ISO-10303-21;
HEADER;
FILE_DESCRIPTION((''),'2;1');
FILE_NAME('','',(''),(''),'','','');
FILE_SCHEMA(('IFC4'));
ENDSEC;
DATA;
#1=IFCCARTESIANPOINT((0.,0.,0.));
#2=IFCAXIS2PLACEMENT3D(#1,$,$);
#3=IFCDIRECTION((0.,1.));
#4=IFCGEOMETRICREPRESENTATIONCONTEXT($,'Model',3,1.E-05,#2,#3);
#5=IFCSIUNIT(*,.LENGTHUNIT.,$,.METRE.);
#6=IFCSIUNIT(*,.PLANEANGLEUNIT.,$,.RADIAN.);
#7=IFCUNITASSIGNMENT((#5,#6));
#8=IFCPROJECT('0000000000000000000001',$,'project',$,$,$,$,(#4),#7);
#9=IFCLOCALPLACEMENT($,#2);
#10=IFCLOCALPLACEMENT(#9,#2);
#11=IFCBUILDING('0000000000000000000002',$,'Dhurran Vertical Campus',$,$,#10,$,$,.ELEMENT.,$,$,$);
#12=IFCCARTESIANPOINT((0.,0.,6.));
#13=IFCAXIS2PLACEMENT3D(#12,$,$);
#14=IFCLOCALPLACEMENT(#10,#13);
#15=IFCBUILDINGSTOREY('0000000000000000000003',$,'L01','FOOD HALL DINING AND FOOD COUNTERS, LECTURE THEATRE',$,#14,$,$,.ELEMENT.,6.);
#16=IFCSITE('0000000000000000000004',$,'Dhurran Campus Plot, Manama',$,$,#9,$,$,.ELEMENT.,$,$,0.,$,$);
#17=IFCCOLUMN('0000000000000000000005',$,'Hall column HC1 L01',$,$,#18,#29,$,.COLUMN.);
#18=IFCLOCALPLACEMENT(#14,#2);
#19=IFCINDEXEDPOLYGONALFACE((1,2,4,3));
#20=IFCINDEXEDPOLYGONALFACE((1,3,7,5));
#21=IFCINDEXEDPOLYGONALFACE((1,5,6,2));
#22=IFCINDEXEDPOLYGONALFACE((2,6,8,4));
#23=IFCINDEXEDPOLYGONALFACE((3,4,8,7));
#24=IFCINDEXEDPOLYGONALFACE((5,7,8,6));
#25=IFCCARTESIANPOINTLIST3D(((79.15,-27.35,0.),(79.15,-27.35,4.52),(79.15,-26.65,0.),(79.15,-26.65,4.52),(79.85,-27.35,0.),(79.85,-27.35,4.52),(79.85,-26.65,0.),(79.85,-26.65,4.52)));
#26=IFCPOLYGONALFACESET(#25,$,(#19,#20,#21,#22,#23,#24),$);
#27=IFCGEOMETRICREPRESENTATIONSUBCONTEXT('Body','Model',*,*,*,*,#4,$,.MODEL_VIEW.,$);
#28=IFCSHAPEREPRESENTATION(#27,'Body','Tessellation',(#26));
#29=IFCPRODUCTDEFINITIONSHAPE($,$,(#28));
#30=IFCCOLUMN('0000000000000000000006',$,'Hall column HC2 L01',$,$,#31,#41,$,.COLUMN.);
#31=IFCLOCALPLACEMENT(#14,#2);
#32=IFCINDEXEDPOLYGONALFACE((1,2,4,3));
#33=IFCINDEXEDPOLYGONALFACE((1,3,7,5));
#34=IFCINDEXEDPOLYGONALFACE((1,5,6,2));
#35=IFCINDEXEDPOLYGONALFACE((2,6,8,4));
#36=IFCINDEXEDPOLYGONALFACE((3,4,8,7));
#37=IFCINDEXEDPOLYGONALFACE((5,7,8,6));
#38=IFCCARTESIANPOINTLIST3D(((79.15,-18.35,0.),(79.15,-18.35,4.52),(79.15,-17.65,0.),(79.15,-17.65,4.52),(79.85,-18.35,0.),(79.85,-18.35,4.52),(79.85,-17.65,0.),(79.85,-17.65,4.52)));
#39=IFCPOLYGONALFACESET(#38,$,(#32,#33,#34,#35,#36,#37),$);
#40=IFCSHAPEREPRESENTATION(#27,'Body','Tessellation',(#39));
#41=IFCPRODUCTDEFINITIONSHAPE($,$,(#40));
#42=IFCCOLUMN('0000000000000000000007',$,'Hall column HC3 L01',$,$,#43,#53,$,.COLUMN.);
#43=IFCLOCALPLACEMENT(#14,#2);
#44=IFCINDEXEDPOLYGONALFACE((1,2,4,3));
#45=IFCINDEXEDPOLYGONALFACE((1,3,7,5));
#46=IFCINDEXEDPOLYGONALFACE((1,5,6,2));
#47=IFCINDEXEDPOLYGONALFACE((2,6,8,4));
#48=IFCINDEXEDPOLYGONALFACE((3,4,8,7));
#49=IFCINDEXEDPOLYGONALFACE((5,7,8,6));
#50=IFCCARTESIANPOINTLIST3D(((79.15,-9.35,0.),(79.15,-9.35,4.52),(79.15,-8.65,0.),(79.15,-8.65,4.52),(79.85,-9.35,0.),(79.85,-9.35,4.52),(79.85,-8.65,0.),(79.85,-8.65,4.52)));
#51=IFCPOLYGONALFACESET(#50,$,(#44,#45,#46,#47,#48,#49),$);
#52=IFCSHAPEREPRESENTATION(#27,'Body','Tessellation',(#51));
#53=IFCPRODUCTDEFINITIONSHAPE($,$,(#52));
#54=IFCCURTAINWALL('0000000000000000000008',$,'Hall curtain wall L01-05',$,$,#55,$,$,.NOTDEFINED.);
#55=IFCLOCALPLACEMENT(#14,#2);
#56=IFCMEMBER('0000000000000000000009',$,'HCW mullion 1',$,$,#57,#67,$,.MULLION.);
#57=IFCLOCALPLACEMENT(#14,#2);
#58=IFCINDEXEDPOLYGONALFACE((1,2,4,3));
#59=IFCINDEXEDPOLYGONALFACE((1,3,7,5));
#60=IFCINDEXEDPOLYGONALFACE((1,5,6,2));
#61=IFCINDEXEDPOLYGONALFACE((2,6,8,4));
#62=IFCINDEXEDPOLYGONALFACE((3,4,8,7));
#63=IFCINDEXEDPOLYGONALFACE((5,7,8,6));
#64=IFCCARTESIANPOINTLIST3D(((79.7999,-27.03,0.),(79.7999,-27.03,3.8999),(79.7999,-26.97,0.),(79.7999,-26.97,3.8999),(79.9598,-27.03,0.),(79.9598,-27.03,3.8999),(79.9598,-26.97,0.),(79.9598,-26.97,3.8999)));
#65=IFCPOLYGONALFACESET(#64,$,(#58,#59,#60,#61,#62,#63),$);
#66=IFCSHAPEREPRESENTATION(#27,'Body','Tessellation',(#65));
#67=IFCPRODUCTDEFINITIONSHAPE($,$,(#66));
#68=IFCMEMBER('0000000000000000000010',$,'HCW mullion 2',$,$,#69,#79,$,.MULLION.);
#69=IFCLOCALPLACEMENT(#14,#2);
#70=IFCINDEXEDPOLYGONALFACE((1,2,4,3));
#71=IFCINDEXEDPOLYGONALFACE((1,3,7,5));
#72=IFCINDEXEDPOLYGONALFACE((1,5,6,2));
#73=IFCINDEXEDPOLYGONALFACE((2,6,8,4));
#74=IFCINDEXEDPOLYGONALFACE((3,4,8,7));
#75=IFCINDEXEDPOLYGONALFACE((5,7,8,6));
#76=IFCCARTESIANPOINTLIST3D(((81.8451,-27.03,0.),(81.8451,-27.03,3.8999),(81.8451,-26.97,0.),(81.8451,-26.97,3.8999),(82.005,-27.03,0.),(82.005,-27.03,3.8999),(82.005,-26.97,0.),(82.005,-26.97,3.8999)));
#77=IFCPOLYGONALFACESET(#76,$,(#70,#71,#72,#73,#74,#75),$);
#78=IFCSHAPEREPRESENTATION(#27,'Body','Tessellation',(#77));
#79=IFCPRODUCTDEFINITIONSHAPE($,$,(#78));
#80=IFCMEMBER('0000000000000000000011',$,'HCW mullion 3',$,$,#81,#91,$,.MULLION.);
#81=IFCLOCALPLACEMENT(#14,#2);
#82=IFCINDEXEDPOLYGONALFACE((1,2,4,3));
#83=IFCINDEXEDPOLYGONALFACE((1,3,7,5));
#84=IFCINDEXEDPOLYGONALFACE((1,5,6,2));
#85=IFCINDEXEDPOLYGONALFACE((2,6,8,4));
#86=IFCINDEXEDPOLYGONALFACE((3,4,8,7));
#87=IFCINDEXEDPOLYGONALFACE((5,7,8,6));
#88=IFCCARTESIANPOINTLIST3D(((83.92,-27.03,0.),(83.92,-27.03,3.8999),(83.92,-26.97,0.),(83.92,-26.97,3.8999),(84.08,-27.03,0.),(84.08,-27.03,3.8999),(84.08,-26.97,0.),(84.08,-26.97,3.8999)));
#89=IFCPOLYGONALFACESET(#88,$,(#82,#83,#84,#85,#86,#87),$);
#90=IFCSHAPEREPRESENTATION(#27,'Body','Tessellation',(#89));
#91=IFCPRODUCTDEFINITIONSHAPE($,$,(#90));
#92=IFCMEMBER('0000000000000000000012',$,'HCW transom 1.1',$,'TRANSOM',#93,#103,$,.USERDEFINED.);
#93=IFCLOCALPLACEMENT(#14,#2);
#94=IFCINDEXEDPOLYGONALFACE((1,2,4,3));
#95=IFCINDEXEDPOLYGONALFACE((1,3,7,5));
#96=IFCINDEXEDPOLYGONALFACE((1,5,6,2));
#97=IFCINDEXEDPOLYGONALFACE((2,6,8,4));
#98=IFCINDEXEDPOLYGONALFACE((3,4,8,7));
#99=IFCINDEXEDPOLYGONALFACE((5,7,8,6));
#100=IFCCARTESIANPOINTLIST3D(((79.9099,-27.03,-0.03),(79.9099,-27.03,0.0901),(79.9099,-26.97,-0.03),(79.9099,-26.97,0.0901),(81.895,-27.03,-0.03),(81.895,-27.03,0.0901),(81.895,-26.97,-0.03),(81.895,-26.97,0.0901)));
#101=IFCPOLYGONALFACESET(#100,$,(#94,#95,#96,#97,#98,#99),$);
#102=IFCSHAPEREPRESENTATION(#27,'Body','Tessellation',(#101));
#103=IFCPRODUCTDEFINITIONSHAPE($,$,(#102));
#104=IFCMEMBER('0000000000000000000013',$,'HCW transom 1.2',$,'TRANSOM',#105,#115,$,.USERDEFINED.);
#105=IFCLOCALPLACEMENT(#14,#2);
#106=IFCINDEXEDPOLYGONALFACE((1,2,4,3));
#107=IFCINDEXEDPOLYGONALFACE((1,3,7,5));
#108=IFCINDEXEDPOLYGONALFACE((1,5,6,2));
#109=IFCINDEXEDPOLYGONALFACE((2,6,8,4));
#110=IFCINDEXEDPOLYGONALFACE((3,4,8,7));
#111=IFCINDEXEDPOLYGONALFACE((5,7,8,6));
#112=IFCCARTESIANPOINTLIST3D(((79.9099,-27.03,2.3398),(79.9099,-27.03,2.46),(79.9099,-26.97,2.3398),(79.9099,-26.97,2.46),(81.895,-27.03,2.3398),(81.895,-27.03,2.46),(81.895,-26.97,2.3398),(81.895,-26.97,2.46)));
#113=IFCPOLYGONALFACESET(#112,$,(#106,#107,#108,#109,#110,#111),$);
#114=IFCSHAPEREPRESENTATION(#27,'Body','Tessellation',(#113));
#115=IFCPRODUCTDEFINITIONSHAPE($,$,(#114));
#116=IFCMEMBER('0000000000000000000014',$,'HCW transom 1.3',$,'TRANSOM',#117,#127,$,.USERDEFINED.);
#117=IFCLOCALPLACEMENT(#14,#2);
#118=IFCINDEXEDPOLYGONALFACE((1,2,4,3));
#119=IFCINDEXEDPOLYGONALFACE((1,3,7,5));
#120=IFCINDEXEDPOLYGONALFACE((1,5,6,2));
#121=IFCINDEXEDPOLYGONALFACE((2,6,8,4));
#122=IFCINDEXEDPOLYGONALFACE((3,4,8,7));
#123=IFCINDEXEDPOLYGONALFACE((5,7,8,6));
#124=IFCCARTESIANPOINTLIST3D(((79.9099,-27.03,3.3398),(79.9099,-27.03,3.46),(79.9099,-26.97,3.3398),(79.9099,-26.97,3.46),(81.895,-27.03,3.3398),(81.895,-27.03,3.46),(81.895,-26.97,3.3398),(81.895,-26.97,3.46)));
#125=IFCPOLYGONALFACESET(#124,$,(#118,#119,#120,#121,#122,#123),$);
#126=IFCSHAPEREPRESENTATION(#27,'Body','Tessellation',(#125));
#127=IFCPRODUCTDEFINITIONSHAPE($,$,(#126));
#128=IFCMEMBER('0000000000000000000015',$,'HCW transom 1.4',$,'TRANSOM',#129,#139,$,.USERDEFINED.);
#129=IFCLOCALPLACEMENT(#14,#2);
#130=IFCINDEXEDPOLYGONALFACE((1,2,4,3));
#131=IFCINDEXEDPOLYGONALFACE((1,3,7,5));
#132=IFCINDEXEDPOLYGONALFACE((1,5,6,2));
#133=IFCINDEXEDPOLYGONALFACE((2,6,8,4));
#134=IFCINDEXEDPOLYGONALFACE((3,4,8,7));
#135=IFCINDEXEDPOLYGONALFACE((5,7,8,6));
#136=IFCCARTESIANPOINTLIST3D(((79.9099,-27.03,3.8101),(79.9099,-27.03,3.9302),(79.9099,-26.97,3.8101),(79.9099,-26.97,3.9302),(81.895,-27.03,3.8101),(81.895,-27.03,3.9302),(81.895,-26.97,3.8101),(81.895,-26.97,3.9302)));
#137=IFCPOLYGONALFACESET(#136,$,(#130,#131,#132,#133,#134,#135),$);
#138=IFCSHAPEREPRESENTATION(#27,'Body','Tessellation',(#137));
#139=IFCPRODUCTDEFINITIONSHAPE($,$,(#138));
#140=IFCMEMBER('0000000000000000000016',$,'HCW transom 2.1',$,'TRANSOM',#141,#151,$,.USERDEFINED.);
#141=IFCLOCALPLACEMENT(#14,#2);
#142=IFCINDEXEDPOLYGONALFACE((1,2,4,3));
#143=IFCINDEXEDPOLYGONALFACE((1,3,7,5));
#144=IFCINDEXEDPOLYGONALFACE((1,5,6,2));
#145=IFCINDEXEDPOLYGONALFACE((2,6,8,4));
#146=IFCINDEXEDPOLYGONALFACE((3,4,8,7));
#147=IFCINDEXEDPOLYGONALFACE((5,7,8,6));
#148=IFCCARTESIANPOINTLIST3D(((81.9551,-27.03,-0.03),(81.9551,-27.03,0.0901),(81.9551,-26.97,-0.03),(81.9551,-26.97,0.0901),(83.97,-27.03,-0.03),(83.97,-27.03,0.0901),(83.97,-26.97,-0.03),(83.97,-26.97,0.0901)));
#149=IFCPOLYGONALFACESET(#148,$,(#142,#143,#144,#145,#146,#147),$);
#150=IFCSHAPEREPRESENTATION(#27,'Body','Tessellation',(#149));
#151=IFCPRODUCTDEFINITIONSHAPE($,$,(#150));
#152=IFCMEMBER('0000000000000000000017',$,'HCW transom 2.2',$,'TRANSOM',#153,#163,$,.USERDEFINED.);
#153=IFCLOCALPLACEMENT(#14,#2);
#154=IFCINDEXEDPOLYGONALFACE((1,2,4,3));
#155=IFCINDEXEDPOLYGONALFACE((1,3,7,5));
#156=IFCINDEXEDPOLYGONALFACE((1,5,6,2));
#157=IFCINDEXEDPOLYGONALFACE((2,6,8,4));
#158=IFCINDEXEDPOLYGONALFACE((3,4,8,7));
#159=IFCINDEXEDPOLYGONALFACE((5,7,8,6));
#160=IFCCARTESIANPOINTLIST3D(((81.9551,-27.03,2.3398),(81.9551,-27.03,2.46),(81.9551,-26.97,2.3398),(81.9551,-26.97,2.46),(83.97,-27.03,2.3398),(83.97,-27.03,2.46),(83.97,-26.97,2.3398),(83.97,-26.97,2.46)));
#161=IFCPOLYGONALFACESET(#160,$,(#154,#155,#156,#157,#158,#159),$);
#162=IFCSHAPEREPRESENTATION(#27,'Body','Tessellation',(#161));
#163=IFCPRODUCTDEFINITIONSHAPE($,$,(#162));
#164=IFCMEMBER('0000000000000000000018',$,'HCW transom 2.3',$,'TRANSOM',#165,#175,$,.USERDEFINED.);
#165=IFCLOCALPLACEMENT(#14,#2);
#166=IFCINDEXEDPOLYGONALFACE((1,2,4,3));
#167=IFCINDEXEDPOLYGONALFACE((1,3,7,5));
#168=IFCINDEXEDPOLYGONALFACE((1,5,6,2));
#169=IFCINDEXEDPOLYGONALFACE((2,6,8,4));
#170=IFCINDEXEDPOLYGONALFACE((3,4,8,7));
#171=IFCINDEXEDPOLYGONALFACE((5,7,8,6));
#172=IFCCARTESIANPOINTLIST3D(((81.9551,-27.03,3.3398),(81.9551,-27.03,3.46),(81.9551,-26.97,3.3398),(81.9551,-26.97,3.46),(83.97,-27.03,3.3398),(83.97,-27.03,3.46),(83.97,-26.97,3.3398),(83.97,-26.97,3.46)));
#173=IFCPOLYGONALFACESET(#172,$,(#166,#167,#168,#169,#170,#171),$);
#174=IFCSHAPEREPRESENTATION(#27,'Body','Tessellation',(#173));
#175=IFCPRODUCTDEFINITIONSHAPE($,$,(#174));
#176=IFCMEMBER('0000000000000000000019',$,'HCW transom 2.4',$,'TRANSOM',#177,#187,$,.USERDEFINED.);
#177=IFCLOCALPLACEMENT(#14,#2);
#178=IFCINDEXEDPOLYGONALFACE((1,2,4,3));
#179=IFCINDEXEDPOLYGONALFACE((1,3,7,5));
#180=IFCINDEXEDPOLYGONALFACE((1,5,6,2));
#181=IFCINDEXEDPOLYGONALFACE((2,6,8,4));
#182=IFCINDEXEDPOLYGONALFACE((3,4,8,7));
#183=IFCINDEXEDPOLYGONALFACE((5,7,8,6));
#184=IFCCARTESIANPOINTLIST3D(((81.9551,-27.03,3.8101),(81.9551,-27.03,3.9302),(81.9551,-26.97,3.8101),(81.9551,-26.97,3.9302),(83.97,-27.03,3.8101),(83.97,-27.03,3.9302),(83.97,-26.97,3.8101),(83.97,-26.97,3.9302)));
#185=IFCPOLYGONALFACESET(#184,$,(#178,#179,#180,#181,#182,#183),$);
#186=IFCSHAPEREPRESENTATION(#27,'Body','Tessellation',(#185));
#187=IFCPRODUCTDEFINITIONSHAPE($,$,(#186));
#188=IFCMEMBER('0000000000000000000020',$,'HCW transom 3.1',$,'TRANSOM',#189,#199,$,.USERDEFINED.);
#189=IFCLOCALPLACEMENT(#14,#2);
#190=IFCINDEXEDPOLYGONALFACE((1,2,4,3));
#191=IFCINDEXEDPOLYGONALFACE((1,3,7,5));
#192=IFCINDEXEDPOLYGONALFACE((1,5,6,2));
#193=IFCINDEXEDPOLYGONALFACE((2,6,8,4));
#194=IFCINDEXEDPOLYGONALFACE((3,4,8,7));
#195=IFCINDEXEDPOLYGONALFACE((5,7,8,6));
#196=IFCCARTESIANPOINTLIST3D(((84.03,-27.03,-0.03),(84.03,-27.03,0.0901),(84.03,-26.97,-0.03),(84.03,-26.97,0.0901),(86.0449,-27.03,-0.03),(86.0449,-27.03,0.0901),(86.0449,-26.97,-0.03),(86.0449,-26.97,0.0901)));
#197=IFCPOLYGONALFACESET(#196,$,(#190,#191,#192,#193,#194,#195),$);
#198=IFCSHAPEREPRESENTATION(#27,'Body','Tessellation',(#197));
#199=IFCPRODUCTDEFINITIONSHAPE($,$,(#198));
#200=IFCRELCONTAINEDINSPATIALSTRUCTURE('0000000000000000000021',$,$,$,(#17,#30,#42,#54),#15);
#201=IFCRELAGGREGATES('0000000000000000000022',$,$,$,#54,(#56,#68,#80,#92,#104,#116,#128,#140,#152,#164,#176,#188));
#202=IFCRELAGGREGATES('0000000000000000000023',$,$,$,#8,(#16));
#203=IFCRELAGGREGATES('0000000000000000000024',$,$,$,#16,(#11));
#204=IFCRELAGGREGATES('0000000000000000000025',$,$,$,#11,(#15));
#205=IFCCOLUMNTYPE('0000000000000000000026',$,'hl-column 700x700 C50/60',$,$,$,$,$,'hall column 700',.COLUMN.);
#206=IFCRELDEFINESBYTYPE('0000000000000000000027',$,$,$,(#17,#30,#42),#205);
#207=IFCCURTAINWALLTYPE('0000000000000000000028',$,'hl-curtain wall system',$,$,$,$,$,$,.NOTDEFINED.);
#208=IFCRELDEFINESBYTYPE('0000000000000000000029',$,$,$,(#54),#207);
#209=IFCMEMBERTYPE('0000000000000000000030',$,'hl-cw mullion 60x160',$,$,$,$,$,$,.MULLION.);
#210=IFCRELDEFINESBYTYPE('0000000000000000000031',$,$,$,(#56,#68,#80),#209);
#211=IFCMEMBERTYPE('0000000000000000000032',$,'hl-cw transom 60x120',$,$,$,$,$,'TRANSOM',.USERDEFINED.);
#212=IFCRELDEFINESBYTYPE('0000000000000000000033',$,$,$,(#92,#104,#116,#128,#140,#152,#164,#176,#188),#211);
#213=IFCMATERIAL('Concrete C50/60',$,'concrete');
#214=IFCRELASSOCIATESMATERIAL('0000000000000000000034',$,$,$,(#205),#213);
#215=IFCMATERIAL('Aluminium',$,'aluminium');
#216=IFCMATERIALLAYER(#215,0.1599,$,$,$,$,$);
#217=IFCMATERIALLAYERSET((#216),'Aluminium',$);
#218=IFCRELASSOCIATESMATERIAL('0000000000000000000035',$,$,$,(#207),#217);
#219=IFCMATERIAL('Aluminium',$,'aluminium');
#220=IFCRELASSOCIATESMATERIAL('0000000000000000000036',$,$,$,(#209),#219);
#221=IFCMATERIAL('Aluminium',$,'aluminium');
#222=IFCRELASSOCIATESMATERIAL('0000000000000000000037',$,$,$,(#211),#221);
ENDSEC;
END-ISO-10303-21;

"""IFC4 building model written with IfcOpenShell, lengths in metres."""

from ifc_helpers import new_model, si_unit, direction, frame, origin, origin_2d, place, context, subcontext, project, spatial, rectangle, extrude, material, layer, layer_set, material_profile, profile_set, type_object, element, aggregate, save


model = new_model("IFC4")

# Units and contexts
model_context = context("Model", 3, precision=1e-05, world=origin(), true_north=direction((0.0, 1.0)))
body_context = subcontext(model_context, "Body", "Model", "MODEL_VIEW")
ifc_project = project(units=[si_unit("LENGTHUNIT", "METRE"), si_unit("PLANEANGLEUNIT", "RADIAN")], contexts=[model_context])

# Site, building, storey
site_placement = place(None, origin())
site = spatial("IfcSite", under=ifc_project, at=site_placement, Name="Dhurran Campus Plot, Manama", CompositionType="ELEMENT", RefElevation=0.0)
building_placement = place(site_placement, origin())
building = spatial("IfcBuilding", under=site, at=building_placement, Name="Dhurran Vertical Campus", CompositionType="ELEMENT")
storey_placement = place(building_placement, frame((0.0, 0.0, 6.0)))
storey = spatial("IfcBuildingStorey", under=building, at=storey_placement, Name="L01", Description="FOOD HALL DINING AND FOOD COUNTERS, LECTURE THEATRE", CompositionType="ELEMENT", Elevation=6.0)

# Columns
ifc_material_1 = material(Name="Concrete C50/60", Category="concrete")
ifc_material_profile_1 = material_profile(ifc_material_1, rectangle(XDim=0.7, YDim=0.7, at=origin_2d()), Name="hl-column 700x700 C50/60")
ifc_profile_set_1 = profile_set([ifc_material_profile_1], Name="Concrete C50/60")
column_type = type_object("IfcColumnType", Name="hl-column 700x700 C50/60", ElementType="hall column 700", PredefinedType="COLUMN", material=ifc_profile_set_1)
for number, where, z_axis, x_axis, name in (
    (1, (79.5, -27.0, 0.0), (0.0, 0.0, 1.0), (1.0, 0.0, 0.0), "Hall column HC1 L01"),
    (2, (79.5, -18.0, 0.0), (0.0, 0.0, 1.0), (1.0, 0.0, 0.0), "Hall column HC2 L01"),
    (3, (79.5, -9.0, 0.0), (0.0, 0.0, 1.0), (1.0, 0.0, 0.0), "Hall column HC3 L01"),
):
    element("IfcColumn", number, at=place(storey_placement, frame(where, z_axis=z_axis, x_axis=x_axis)), inside=storey, type_object=column_type, Name=name, PredefinedType="COLUMN", context=body_context, shape_type="SweptSolid", body=[
        extrude(rectangle(XDim=0.7, YDim=0.7, at=origin_2d()), origin(), (0.0, 0.0, 1.0), 4.52),
    ])

# Curtain wall, members
ifc_material_2 = material(Name="Aluminium", Category="aluminium")
ifc_layer_1 = layer(ifc_material_2, 0.1599)
ifc_layer_set_1 = layer_set([ifc_layer_1], Name="Aluminium")
curtain_wall_type = type_object("IfcCurtainWallType", Name="hl-curtain wall system", PredefinedType="NOTDEFINED", material=ifc_layer_set_1)
curtain_wall_placement = place(storey_placement, origin())
curtain_wall = element("IfcCurtainWall", 4, at=curtain_wall_placement, inside=storey, type_object=curtain_wall_type, Name="Hall curtain wall L01-05", PredefinedType="NOTDEFINED")
ifc_material_3 = material(Name="Aluminium", Category="aluminium")
ifc_material_profile_2 = material_profile(ifc_material_3, rectangle(XDim=0.0601, YDim=0.1599, at=origin_2d()), Name="hl-cw mullion 60x160")
ifc_profile_set_2 = profile_set([ifc_material_profile_2], Name="Aluminium")
member_type_1 = type_object("IfcMemberType", Name="hl-cw mullion 60x160", PredefinedType="MULLION", material=ifc_profile_set_2)
member_1_placement = place(storey_placement, frame((79.8799, -27.0, 0.0), z_axis=(0.0, 0.0, 1.0), x_axis=(0.0, 1.0, 0.0)))
member_1 = element("IfcMember", 5, at=member_1_placement, type_object=member_type_1, Name="HCW mullion 1", PredefinedType="MULLION", context=body_context, shape_type="SweptSolid", body=[
    extrude(rectangle(XDim=0.0601, YDim=0.1599, at=origin_2d()), origin(), (0.0, 0.0, 1.0), 3.8999),
])
member_2_placement = place(storey_placement, frame((81.925, -27.0, 0.0), z_axis=(0.0, 0.0, 1.0), x_axis=(0.0, 1.0, 0.0)))
member_2 = element("IfcMember", 6, at=member_2_placement, type_object=member_type_1, Name="HCW mullion 2", PredefinedType="MULLION", context=body_context, shape_type="SweptSolid", body=[
    extrude(rectangle(XDim=0.0601, YDim=0.1599, at=origin_2d()), origin(), (0.0, 0.0, 1.0), 3.8999),
])
member_3_placement = place(storey_placement, frame((84.0, -27.0, 0.0), z_axis=(0.0, 0.0, 1.0), x_axis=(0.0, 1.0, 0.0)))
member_3 = element("IfcMember", 7, at=member_3_placement, type_object=member_type_1, Name="HCW mullion 3", PredefinedType="MULLION", context=body_context, shape_type="SweptSolid", body=[
    extrude(rectangle(XDim=0.0601, YDim=0.1599, at=origin_2d()), origin(), (0.0, 0.0, 1.0), 3.8999),
])
ifc_material_4 = material(Name="Aluminium", Category="aluminium")
ifc_material_profile_3 = material_profile(ifc_material_4, rectangle(XDim=0.0601, YDim=0.1201, at=origin_2d()), Name="hl-cw transom 60x120")
ifc_profile_set_3 = profile_set([ifc_material_profile_3], Name="Aluminium")
member_type_2 = type_object("IfcMemberType", Name="hl-cw transom 60x120", ElementType="TRANSOM", PredefinedType="USERDEFINED", material=ifc_profile_set_3)
member_4_placement = place(storey_placement, frame((79.9099, -27.0, 0.03), z_axis=(1.0, 0.0, 0.0), x_axis=(0.0, 1.0, 0.0)))
member_4 = element("IfcMember", 8, at=member_4_placement, type_object=member_type_2, Name="HCW transom 1.1", ObjectType="TRANSOM", PredefinedType="USERDEFINED", context=body_context, shape_type="SweptSolid", body=[
    extrude(rectangle(XDim=0.0601, YDim=0.1201, at=origin_2d()), origin(), (0.0, 0.0, 1.0), 1.9851),
])
member_5_placement = place(storey_placement, frame((79.9099, -27.0, 2.3999), z_axis=(1.0, 0.0, 0.0), x_axis=(0.0, 1.0, 0.0)))
member_5 = element("IfcMember", 9, at=member_5_placement, type_object=member_type_2, Name="HCW transom 1.2", ObjectType="TRANSOM", PredefinedType="USERDEFINED", context=body_context, shape_type="SweptSolid", body=[
    extrude(rectangle(XDim=0.0601, YDim=0.1201, at=origin_2d()), origin(), (0.0, 0.0, 1.0), 1.9851),
])
member_6_placement = place(storey_placement, frame((79.9099, -27.0, 3.3999), z_axis=(1.0, 0.0, 0.0), x_axis=(0.0, 1.0, 0.0)))
member_6 = element("IfcMember", 10, at=member_6_placement, type_object=member_type_2, Name="HCW transom 1.3", ObjectType="TRANSOM", PredefinedType="USERDEFINED", context=body_context, shape_type="SweptSolid", body=[
    extrude(rectangle(XDim=0.0601, YDim=0.1201, at=origin_2d()), origin(), (0.0, 0.0, 1.0), 1.9851),
])
member_7_placement = place(storey_placement, frame((79.9099, -27.0, 3.8701), z_axis=(1.0, 0.0, 0.0), x_axis=(0.0, 1.0, 0.0)))
member_7 = element("IfcMember", 11, at=member_7_placement, type_object=member_type_2, Name="HCW transom 1.4", ObjectType="TRANSOM", PredefinedType="USERDEFINED", context=body_context, shape_type="SweptSolid", body=[
    extrude(rectangle(XDim=0.0601, YDim=0.1201, at=origin_2d()), origin(), (0.0, 0.0, 1.0), 1.9851),
])
member_8_placement = place(storey_placement, frame((81.9551, -27.0, 0.03), z_axis=(1.0, 0.0, 0.0), x_axis=(0.0, 1.0, 0.0)))
member_8 = element("IfcMember", 12, at=member_8_placement, type_object=member_type_2, Name="HCW transom 2.1", ObjectType="TRANSOM", PredefinedType="USERDEFINED", context=body_context, shape_type="SweptSolid", body=[
    extrude(rectangle(XDim=0.0601, YDim=0.1201, at=origin_2d()), origin(), (0.0, 0.0, 1.0), 2.0149),
])
member_9_placement = place(storey_placement, frame((81.9551, -27.0, 2.3999), z_axis=(1.0, 0.0, 0.0), x_axis=(0.0, 1.0, 0.0)))
member_9 = element("IfcMember", 13, at=member_9_placement, type_object=member_type_2, Name="HCW transom 2.2", ObjectType="TRANSOM", PredefinedType="USERDEFINED", context=body_context, shape_type="SweptSolid", body=[
    extrude(rectangle(XDim=0.0601, YDim=0.1201, at=origin_2d()), origin(), (0.0, 0.0, 1.0), 2.0149),
])
member_10_placement = place(storey_placement, frame((81.9551, -27.0, 3.3999), z_axis=(1.0, 0.0, 0.0), x_axis=(0.0, 1.0, 0.0)))
member_10 = element("IfcMember", 14, at=member_10_placement, type_object=member_type_2, Name="HCW transom 2.3", ObjectType="TRANSOM", PredefinedType="USERDEFINED", context=body_context, shape_type="SweptSolid", body=[
    extrude(rectangle(XDim=0.0601, YDim=0.1201, at=origin_2d()), origin(), (0.0, 0.0, 1.0), 2.0149),
])
member_11_placement = place(storey_placement, frame((81.9551, -27.0, 3.8701), z_axis=(1.0, 0.0, 0.0), x_axis=(0.0, 1.0, 0.0)))
member_11 = element("IfcMember", 15, at=member_11_placement, type_object=member_type_2, Name="HCW transom 2.4", ObjectType="TRANSOM", PredefinedType="USERDEFINED", context=body_context, shape_type="SweptSolid", body=[
    extrude(rectangle(XDim=0.0601, YDim=0.1201, at=origin_2d()), origin(), (0.0, 0.0, 1.0), 2.0149),
])
member_12_placement = place(storey_placement, frame((84.03, -27.0, 0.03), z_axis=(1.0, 0.0, 0.0), x_axis=(0.0, 1.0, 0.0)))
member_12 = element("IfcMember", 16, at=member_12_placement, type_object=member_type_2, Name="HCW transom 3.1", ObjectType="TRANSOM", PredefinedType="USERDEFINED", context=body_context, shape_type="SweptSolid", body=[
    extrude(rectangle(XDim=0.0601, YDim=0.1201, at=origin_2d()), origin(), (0.0, 0.0, 1.0), 2.0149),
])

aggregate(curtain_wall, [member_1, member_2, member_3, member_4, member_5, member_6, member_7, member_8, member_9, member_10, member_11, member_12])

save(model, "model.ifc")
